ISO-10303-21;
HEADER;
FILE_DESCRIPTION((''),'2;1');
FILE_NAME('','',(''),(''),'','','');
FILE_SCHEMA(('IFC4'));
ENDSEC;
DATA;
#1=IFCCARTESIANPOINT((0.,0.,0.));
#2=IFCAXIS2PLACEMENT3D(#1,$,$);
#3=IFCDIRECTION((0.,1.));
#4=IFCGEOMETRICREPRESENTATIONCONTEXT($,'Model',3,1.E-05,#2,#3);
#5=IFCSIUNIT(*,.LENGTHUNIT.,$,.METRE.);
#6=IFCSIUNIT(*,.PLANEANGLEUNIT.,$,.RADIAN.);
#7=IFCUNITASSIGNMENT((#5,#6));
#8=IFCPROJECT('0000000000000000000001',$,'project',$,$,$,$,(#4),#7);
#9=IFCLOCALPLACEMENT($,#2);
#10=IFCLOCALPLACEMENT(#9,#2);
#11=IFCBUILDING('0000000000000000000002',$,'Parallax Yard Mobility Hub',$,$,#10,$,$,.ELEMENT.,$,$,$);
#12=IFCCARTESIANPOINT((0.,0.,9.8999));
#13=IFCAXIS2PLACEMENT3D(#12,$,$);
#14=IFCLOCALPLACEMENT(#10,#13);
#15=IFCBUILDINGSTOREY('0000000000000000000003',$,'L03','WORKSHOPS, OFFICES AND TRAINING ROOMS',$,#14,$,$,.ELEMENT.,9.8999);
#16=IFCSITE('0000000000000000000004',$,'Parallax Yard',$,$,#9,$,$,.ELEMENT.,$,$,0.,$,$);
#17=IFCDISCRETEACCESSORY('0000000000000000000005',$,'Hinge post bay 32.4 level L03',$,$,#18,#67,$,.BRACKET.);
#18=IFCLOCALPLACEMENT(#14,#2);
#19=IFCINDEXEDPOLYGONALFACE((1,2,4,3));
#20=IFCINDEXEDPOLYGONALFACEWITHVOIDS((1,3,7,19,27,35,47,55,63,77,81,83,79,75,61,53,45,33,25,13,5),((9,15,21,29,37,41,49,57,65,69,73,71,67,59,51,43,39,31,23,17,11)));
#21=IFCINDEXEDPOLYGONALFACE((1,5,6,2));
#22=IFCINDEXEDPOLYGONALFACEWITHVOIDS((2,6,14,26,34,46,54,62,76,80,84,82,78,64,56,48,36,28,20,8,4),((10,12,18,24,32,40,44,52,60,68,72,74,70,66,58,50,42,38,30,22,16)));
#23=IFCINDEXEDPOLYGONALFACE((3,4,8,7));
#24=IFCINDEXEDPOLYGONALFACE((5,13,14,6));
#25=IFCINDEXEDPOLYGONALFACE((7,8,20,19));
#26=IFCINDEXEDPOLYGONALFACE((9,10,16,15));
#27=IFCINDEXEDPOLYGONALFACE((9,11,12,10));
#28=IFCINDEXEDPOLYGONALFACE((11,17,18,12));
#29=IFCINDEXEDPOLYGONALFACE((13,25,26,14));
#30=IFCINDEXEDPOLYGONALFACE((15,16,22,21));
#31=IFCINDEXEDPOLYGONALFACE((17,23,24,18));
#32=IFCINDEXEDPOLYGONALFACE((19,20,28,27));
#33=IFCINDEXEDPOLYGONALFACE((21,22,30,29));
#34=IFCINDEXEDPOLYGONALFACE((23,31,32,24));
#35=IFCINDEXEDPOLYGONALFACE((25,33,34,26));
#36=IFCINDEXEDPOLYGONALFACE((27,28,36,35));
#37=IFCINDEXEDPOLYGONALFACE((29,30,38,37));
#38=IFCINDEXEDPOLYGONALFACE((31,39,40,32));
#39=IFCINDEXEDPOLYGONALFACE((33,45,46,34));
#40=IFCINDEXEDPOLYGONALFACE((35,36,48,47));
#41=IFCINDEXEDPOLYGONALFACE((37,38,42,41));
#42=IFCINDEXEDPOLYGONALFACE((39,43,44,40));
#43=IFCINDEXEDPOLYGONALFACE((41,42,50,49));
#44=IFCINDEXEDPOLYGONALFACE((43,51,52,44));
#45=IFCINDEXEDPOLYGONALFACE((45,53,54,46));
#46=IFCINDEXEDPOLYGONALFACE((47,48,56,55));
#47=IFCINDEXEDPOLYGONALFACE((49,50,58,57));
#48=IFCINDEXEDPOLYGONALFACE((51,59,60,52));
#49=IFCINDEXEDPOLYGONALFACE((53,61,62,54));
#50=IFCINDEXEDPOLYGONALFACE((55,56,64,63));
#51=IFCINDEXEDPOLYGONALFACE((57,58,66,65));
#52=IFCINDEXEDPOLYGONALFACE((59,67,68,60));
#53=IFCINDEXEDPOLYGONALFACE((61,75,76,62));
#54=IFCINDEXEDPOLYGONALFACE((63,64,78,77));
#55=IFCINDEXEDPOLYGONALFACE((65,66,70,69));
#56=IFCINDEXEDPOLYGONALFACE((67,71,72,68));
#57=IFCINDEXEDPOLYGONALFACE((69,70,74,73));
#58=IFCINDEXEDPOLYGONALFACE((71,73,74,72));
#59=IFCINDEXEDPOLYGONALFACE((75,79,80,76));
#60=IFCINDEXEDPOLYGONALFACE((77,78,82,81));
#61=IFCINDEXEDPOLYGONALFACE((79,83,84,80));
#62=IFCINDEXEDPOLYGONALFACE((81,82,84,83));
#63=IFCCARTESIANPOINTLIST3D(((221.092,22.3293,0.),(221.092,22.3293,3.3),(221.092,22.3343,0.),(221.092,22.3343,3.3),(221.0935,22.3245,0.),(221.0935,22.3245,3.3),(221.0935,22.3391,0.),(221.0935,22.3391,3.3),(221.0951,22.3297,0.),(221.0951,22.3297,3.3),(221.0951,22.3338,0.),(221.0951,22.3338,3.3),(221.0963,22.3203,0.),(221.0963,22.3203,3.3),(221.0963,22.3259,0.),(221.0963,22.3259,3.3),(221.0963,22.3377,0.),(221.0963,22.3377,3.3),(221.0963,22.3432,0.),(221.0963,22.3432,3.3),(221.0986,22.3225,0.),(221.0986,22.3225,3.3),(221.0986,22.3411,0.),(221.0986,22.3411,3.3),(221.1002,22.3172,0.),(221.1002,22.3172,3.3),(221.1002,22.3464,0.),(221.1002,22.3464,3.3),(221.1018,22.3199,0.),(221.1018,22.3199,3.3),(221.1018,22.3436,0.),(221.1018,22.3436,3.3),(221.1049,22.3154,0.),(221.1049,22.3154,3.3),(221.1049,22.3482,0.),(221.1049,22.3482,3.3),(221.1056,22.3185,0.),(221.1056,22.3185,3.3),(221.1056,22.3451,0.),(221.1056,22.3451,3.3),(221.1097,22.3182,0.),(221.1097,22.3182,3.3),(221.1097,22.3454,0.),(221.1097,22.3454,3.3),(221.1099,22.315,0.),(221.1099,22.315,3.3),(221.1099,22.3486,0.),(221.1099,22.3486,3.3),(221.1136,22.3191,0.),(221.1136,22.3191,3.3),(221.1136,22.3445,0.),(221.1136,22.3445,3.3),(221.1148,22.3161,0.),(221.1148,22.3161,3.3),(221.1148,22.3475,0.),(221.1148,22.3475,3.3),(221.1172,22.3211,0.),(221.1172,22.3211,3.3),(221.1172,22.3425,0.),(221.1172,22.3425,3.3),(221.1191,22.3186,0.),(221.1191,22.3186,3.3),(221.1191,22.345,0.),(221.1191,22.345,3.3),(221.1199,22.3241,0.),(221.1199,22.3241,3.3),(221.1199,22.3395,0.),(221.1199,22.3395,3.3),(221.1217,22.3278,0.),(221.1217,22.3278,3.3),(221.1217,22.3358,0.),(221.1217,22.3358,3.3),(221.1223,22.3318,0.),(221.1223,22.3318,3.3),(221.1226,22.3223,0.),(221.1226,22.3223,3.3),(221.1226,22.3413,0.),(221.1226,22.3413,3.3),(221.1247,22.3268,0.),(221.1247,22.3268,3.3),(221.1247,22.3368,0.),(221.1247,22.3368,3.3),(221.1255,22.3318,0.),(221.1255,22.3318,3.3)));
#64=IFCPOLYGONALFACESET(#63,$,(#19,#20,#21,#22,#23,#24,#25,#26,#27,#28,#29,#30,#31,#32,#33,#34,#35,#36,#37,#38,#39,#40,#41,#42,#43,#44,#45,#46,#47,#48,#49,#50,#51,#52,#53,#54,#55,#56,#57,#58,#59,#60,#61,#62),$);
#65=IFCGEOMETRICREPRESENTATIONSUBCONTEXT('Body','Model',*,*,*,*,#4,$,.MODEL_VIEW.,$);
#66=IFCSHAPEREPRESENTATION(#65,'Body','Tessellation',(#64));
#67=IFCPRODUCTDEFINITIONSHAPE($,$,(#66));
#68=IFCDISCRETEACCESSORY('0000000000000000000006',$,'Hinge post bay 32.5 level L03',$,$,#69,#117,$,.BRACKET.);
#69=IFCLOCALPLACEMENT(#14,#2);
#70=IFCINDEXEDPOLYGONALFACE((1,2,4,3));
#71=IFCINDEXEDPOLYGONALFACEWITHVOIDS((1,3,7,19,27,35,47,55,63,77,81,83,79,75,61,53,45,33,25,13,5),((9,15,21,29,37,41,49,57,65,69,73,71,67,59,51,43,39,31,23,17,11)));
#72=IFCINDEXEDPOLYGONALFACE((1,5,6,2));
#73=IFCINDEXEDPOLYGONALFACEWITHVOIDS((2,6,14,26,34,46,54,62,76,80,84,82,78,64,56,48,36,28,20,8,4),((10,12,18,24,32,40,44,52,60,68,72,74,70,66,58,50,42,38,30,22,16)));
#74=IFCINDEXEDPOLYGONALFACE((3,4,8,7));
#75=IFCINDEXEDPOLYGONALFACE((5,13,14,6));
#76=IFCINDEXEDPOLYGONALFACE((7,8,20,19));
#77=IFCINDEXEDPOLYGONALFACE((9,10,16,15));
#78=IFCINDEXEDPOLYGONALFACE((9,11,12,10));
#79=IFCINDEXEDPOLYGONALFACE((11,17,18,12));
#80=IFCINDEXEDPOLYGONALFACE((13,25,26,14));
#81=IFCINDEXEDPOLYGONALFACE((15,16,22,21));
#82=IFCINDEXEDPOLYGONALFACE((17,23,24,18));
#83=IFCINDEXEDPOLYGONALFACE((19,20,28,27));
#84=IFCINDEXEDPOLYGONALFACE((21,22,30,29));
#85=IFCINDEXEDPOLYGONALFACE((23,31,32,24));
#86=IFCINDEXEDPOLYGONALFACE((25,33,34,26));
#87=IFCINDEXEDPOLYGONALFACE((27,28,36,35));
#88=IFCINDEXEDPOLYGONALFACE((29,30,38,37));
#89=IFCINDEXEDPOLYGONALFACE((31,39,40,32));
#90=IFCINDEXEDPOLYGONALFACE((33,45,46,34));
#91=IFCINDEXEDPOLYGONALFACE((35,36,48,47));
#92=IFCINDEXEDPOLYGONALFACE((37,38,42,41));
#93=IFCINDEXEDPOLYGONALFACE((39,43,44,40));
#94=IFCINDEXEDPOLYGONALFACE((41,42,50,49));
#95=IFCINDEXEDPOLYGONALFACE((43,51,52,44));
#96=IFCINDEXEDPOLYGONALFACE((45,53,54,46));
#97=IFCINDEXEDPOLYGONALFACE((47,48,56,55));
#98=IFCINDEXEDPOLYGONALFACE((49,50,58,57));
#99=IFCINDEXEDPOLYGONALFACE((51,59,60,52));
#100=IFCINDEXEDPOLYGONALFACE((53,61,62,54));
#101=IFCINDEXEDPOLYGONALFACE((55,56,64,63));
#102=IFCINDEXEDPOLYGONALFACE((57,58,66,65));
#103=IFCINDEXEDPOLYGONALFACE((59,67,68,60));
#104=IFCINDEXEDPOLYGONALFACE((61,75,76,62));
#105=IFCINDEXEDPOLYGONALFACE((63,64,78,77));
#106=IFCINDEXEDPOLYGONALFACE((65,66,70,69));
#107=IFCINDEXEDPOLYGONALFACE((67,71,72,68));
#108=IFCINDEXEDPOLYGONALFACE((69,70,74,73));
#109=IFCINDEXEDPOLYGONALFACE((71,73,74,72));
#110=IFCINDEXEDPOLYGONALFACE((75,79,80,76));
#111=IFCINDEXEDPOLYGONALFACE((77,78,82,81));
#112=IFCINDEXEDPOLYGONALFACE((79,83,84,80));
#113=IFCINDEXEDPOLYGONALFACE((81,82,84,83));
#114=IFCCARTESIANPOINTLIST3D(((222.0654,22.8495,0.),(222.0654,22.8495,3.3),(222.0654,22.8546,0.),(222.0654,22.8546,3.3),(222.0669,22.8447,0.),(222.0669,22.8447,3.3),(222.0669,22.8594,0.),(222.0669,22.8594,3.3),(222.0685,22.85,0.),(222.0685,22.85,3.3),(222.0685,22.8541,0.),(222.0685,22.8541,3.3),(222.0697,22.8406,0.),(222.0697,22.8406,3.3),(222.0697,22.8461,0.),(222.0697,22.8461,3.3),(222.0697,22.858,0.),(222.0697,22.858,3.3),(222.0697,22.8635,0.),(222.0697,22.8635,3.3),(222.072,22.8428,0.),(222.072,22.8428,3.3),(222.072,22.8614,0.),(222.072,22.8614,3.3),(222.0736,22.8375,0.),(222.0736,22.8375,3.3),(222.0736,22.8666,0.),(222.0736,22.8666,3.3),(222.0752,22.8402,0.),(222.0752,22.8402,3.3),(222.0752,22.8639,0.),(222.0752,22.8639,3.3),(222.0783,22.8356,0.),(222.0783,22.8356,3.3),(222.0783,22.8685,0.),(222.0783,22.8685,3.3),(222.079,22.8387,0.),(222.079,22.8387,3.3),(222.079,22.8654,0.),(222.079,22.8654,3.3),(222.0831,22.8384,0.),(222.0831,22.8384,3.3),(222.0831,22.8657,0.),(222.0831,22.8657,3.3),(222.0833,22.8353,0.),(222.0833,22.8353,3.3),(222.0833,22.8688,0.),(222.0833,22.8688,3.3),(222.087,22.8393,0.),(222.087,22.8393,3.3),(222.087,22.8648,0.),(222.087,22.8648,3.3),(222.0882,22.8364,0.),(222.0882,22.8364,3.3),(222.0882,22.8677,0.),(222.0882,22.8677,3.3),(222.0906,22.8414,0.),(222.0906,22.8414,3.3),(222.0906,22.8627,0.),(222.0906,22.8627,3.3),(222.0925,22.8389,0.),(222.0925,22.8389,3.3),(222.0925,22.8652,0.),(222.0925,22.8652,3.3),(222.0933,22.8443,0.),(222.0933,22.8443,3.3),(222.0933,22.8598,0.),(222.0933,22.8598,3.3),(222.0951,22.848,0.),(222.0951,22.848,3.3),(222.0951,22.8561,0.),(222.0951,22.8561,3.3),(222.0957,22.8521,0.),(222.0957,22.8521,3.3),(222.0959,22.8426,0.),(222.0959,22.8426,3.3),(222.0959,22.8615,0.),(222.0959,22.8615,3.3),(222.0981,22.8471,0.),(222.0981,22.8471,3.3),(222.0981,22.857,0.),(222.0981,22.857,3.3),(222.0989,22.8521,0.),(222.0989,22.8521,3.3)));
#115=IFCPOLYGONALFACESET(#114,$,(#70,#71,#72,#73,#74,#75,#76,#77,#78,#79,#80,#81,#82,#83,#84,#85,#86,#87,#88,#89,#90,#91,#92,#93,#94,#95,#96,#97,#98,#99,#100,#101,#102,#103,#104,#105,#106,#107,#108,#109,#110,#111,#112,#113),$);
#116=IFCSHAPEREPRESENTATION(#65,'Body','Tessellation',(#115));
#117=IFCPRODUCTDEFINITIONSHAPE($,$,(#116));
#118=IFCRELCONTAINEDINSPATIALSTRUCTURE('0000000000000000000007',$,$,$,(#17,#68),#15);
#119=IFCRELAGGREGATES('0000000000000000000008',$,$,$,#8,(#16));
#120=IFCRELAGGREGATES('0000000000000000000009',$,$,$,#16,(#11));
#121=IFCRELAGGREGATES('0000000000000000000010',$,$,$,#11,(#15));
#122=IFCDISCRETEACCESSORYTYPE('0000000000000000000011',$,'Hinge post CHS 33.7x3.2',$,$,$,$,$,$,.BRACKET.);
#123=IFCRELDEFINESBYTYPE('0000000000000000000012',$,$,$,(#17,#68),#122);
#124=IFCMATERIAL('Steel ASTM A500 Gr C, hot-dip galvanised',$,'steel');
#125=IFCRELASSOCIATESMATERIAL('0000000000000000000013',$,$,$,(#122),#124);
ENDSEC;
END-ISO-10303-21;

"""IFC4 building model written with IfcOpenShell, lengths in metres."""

from ifc_helpers import new_model, si_unit, direction, frame, origin, origin_2d, place, context, subcontext, project, spatial, hollow_circle, extrude, material, material_profile, profile_set, type_object, element, save


model = new_model("IFC4")

# Units and contexts
model_context = context("Model", 3, precision=1e-05, world=origin(), true_north=direction((0.0, 1.0)))
body_context = subcontext(model_context, "Body", "Model", "MODEL_VIEW")
ifc_project = project(units=[si_unit("LENGTHUNIT", "METRE"), si_unit("PLANEANGLEUNIT", "RADIAN")], contexts=[model_context])

# Site, building, storey
site_placement = place(None, origin())
site = spatial("IfcSite", under=ifc_project, at=site_placement, Name="Parallax Yard", CompositionType="ELEMENT", RefElevation=0.0)
building_placement = place(site_placement, origin())
building = spatial("IfcBuilding", under=site, at=building_placement, Name="Parallax Yard Mobility Hub", CompositionType="ELEMENT")
storey_placement = place(building_placement, frame((0.0, 0.0, 9.8999)))
storey = spatial("IfcBuildingStorey", under=building, at=storey_placement, Name="L03", Description="WORKSHOPS, OFFICES AND TRAINING ROOMS", CompositionType="ELEMENT", Elevation=9.8999)

# Discrete accessories
ifc_material_1 = material(Name="Steel ASTM A500 Gr C, hot-dip galvanised", Category="steel")
ifc_material_profile_1 = material_profile(ifc_material_1, hollow_circle(Radius=0.0168, WallThickness=0.0032, at=origin_2d()), Name="CHS 33.7x3.2")
ifc_profile_set_1 = profile_set([ifc_material_profile_1], Name="Steel ASTM A500 Gr C, hot-dip galvanised")
discrete_accessory_type_1 = type_object("IfcDiscreteAccessoryType", Name="Hinge post CHS 33.7x3.2", PredefinedType="BRACKET", material=ifc_profile_set_1)
for number, where, z_axis, x_axis, name in (
    (1, (221.1086, 22.3318, 0.0), (0.0, 0.0, 1.0), (1.0, 0.0, 0.0), "Hinge post bay 32.4 level L03"),
    (2, (222.082, 22.8521, 0.0), (0.0, 0.0, 1.0), (1.0, 0.0, 0.0), "Hinge post bay 32.5 level L03"),
):
    element("IfcDiscreteAccessory", number, at=place(storey_placement, frame(where, z_axis=z_axis, x_axis=x_axis)), inside=storey, type_object=discrete_accessory_type_1, Name=name, PredefinedType="BRACKET", context=body_context, shape_type="SweptSolid", body=[
        extrude(hollow_circle(Radius=0.0168, WallThickness=0.0032, at=origin_2d()), origin(), (0.0, 0.0, 1.0), 3.3),
    ])

save(model, "model.ifc")
